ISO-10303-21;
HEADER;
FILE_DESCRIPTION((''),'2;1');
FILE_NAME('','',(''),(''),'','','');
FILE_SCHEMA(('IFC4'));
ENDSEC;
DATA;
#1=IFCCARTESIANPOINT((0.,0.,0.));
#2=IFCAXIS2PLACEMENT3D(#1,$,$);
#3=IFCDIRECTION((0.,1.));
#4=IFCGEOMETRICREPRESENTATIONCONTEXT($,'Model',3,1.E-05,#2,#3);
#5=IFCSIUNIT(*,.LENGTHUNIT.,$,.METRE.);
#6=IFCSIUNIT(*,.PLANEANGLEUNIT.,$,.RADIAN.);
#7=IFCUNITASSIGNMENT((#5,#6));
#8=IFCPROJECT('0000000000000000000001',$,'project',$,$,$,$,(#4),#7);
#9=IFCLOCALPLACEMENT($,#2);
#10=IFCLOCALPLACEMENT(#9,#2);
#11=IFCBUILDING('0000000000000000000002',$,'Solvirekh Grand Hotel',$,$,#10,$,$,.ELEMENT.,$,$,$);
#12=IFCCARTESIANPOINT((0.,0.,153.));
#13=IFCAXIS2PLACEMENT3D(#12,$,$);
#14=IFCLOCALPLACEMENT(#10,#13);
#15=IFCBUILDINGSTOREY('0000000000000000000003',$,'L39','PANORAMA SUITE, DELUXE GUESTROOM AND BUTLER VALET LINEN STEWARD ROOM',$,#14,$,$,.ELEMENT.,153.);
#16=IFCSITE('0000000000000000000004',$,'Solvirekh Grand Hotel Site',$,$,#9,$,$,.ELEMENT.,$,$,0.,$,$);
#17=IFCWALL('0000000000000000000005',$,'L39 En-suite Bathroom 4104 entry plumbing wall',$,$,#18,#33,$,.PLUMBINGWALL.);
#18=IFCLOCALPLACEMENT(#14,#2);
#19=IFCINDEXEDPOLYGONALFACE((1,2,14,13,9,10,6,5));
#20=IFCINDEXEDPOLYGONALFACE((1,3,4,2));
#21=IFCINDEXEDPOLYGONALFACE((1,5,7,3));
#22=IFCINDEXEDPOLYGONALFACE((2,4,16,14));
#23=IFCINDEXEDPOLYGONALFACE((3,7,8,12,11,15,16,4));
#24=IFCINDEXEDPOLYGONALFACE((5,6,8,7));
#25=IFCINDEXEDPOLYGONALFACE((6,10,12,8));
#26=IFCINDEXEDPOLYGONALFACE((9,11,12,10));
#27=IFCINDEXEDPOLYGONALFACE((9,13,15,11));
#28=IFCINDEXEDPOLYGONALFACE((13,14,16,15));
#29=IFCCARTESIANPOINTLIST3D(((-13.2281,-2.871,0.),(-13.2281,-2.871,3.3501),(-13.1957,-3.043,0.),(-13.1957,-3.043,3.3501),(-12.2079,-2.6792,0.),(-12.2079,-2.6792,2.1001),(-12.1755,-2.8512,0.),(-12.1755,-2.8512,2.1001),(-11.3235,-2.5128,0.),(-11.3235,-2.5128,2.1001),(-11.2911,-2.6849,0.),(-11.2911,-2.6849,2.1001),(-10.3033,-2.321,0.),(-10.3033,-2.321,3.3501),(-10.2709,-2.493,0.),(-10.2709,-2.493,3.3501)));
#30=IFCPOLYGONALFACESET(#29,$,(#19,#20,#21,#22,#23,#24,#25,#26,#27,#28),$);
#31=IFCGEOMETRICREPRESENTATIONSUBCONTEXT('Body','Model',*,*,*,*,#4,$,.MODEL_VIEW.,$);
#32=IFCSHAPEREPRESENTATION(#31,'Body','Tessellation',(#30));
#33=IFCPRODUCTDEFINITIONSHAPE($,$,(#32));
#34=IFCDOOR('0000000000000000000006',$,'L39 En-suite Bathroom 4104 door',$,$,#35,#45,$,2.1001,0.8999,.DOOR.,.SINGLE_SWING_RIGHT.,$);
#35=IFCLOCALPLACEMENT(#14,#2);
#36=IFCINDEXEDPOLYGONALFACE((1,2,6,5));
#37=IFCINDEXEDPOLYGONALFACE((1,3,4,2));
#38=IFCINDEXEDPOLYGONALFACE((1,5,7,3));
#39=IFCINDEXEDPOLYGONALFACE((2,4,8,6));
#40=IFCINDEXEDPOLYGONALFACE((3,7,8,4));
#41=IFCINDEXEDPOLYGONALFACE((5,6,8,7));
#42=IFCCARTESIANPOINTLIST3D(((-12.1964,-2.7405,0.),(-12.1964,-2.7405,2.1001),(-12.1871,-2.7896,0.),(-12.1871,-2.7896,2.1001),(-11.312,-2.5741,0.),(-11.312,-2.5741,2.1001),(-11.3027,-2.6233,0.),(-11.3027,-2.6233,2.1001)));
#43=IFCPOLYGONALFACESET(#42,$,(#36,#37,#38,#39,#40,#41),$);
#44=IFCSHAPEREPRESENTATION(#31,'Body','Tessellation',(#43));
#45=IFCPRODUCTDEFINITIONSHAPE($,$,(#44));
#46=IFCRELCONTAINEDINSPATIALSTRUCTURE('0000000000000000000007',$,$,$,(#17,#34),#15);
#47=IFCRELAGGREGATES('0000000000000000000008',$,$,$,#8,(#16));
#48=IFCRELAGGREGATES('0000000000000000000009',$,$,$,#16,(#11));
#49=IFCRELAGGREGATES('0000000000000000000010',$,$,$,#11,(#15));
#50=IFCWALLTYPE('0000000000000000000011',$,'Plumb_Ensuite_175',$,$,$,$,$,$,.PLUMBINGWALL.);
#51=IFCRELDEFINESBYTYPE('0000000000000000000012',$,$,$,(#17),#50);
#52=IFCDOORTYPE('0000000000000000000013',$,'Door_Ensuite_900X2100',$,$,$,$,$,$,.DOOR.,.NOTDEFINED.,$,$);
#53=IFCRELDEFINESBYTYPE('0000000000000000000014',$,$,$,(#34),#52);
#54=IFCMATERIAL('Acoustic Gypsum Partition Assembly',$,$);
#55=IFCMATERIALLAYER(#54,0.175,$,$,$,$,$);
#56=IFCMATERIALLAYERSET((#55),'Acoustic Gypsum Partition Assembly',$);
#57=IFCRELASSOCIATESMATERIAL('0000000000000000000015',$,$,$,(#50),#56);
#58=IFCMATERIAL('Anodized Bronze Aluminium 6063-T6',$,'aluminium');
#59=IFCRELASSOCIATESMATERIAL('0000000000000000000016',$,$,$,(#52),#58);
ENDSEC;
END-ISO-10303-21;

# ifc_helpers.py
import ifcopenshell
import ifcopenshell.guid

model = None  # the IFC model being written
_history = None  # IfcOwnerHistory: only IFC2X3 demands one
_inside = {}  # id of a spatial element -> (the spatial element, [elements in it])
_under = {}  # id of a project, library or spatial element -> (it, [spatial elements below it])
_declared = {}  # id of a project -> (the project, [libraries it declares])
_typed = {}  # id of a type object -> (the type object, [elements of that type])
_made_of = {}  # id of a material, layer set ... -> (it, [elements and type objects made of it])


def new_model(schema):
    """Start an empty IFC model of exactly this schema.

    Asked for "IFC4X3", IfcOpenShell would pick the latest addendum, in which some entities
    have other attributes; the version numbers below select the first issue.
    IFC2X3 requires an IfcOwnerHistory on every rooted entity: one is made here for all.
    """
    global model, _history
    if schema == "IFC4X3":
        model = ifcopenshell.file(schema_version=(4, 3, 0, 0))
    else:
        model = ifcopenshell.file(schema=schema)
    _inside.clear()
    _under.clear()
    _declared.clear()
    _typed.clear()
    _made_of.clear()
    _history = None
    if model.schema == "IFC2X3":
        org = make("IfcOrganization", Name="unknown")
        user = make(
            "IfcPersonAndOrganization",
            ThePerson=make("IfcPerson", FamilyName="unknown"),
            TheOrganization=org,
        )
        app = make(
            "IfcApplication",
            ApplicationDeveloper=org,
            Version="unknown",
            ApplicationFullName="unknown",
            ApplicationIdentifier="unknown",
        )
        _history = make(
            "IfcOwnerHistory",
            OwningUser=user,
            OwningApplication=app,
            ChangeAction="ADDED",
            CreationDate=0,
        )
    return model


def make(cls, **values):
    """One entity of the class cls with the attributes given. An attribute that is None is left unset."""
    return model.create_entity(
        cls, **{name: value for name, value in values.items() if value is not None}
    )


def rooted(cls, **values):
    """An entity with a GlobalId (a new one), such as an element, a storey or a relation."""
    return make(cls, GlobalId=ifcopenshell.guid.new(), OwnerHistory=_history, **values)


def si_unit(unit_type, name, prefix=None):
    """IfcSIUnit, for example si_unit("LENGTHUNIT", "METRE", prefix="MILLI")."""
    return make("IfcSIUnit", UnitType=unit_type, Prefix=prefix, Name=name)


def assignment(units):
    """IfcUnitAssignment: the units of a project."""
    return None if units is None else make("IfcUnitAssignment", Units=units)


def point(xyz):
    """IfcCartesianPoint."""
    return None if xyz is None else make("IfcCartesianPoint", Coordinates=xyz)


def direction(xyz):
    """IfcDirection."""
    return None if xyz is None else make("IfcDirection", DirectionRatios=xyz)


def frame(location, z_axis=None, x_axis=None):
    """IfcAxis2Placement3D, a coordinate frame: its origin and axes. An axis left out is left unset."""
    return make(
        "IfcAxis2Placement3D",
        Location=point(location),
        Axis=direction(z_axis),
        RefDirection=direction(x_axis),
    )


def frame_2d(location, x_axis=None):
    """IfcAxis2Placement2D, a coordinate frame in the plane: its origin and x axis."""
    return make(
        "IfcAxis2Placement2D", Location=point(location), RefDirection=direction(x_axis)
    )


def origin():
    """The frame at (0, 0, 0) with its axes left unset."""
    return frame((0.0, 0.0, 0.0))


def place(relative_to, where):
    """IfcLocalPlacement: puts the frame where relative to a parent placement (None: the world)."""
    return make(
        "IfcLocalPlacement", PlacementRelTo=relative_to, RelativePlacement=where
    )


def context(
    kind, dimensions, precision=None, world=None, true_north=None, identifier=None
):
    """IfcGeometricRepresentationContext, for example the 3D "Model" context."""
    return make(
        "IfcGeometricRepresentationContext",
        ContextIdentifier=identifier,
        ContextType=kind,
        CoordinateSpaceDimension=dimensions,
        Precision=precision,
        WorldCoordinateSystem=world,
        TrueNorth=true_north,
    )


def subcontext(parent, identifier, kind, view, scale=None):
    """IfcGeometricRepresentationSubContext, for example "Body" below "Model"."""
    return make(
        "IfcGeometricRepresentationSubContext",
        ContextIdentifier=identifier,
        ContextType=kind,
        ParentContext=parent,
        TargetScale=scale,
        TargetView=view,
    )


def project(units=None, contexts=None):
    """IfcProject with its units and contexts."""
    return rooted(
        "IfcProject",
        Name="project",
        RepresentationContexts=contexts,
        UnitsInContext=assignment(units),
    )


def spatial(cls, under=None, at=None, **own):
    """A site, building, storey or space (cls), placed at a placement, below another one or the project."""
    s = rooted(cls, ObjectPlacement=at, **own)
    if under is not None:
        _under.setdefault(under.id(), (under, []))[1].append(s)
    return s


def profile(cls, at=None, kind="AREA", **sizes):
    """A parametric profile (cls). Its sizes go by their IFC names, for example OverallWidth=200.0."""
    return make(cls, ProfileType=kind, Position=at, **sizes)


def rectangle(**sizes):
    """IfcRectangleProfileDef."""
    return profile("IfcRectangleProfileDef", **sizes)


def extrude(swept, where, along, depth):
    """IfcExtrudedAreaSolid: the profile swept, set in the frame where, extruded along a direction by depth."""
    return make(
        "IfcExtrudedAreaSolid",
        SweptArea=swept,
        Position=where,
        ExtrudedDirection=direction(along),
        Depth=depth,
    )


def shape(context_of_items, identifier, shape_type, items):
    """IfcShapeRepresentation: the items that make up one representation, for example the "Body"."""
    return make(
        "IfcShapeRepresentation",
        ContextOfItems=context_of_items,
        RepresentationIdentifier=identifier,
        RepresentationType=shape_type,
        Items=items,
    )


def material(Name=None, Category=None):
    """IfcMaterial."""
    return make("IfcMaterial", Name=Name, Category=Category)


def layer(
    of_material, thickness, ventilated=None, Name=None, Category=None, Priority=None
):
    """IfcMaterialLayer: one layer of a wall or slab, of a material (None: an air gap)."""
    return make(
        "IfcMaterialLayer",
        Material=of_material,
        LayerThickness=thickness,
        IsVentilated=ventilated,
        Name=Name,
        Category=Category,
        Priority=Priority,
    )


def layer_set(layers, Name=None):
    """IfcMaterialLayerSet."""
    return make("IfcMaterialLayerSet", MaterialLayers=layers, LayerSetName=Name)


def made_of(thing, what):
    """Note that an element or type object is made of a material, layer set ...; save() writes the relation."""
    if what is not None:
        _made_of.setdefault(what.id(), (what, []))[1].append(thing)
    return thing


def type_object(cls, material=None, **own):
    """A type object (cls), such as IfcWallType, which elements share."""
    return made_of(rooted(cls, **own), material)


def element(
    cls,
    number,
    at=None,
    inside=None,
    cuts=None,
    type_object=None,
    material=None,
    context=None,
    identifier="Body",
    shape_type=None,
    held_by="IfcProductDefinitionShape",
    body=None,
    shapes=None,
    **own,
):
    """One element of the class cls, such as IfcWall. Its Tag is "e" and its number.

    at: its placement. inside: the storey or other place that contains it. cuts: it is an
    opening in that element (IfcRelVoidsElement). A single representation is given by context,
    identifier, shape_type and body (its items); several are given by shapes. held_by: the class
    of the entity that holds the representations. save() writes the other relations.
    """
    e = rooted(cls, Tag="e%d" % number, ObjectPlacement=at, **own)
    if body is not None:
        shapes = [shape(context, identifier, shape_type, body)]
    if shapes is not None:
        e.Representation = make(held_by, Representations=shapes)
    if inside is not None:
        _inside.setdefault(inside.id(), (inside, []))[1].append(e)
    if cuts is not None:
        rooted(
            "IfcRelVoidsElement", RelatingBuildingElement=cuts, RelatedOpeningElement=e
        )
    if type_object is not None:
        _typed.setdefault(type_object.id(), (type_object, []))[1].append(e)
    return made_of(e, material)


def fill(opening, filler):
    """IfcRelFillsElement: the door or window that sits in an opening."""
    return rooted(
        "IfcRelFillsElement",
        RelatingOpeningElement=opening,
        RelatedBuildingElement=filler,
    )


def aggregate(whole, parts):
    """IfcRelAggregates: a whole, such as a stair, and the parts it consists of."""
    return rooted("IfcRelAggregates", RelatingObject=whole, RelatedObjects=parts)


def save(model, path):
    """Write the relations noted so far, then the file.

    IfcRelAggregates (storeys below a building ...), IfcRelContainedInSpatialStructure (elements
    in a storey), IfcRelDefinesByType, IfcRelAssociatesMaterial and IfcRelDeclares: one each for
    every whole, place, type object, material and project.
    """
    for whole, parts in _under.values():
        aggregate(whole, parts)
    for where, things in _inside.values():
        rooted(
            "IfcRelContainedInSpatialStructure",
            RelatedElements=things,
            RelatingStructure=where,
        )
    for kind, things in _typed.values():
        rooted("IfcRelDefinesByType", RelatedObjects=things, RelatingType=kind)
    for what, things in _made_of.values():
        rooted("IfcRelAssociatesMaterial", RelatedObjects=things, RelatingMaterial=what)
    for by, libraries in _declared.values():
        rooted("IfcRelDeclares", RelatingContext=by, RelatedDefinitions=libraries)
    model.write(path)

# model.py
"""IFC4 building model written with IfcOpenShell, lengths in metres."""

from ifc_helpers import new_model, si_unit, direction, frame, frame_2d, origin, place, context, subcontext, project, spatial, rectangle, extrude, material, layer, layer_set, type_object, element, fill, save


model = new_model("IFC4")

# Units and contexts
model_context = context("Model", 3, precision=1e-05, world=origin(), true_north=direction((0.0, 1.0)))
body_context = subcontext(model_context, "Body", "Model", "MODEL_VIEW")
ifc_project = project(units=[si_unit("LENGTHUNIT", "METRE"), si_unit("PLANEANGLEUNIT", "RADIAN")], contexts=[model_context])

# Site, building, storey
site_placement = place(None, origin())
site = spatial("IfcSite", under=ifc_project, at=site_placement, Name="Solvirekh Grand Hotel Site", CompositionType="ELEMENT", RefElevation=0.0)
building_placement = place(site_placement, origin())
building = spatial("IfcBuilding", under=site, at=building_placement, Name="Solvirekh Grand Hotel", CompositionType="ELEMENT")
storey_placement = place(building_placement, frame((0.0, 0.0, 153.0)))
storey = spatial("IfcBuildingStorey", under=building, at=storey_placement, Name="L39", Description="PANORAMA SUITE, DELUXE GUESTROOM AND BUTLER VALET LINEN STEWARD ROOM", CompositionType="ELEMENT", Elevation=153.0)

# Shared definitions
ifc_material_1 = material(Name="Anodized Bronze Aluminium 6063-T6", Category="aluminium")

# Shared definitions
ifc_material_2 = material(Name="Acoustic Gypsum Partition Assembly")

# Shared definitions
ifc_layer_1 = layer(ifc_material_2, 0.175)
ifc_layer_set_1 = layer_set([ifc_layer_1], Name="Acoustic Gypsum Partition Assembly")
wall_type_1 = type_object("IfcWallType", Name="Plumb_Ensuite_175", PredefinedType="PLUMBINGWALL", material=ifc_layer_set_1)

# Wall, opening, door
wall_1_placement = place(storey_placement, frame((-10.2871, -2.407, 0.0), z_axis=(0.0, 0.0, 1.0), x_axis=(-0.982772, -0.184823, 0.0)))
wall_1 = element("IfcWall", 1, at=wall_1_placement, inside=storey, type_object=wall_type_1, Name="L39 En-suite Bathroom 4104 entry plumbing wall", PredefinedType="PLUMBINGWALL", context=body_context, shape_type="SweptSolid", body=[
    extrude(rectangle(XDim=2.9761, YDim=0.175, at=frame_2d((1.488, 0.0))), origin(), (0.0, 0.0, 1.0), 3.3501),
])
opening_1_placement = place(wall_1_placement, frame((1.0381, 0.0, 0.0)))
opening_1 = element("IfcOpeningElement", 2, at=opening_1_placement, cuts=wall_1, PredefinedType="OPENING", context=body_context, shape_type="SweptSolid", body=[
    extrude(rectangle(XDim=0.8999, YDim=2.1001, at=frame_2d((0.45, 1.05))), frame((0.0, 0.0977, 0.0), z_axis=(0.0, -1.0, 0.0), x_axis=(1.0, 0.0, 0.0)), (0.0, 0.0, 1.0), 0.1951),
])
door_type_1 = type_object("IfcDoorType", Name="Door_Ensuite_900X2100", OperationType="NOTDEFINED", PredefinedType="DOOR", material=ifc_material_1)
door_1_placement = place(opening_1_placement, origin())
door_1 = element("IfcDoor", 3, at=door_1_placement, inside=storey, type_object=door_type_1, Name="L39 En-suite Bathroom 4104 door", OperationType="SINGLE_SWING_RIGHT", OverallHeight=2.1001, OverallWidth=0.8999, PredefinedType="DOOR", context=body_context, shape_type="SweptSolid", body=[
    extrude(rectangle(XDim=0.8999, YDim=2.1001, at=frame_2d((0.45, 1.05))), frame((0.0, 0.0249, 0.0), z_axis=(0.0, -1.0, 0.0), x_axis=(1.0, 0.0, 0.0)), (0.0, 0.0, 1.0), 0.05),
])
fill(opening_1, door_1)

save(model, "model.ifc")
